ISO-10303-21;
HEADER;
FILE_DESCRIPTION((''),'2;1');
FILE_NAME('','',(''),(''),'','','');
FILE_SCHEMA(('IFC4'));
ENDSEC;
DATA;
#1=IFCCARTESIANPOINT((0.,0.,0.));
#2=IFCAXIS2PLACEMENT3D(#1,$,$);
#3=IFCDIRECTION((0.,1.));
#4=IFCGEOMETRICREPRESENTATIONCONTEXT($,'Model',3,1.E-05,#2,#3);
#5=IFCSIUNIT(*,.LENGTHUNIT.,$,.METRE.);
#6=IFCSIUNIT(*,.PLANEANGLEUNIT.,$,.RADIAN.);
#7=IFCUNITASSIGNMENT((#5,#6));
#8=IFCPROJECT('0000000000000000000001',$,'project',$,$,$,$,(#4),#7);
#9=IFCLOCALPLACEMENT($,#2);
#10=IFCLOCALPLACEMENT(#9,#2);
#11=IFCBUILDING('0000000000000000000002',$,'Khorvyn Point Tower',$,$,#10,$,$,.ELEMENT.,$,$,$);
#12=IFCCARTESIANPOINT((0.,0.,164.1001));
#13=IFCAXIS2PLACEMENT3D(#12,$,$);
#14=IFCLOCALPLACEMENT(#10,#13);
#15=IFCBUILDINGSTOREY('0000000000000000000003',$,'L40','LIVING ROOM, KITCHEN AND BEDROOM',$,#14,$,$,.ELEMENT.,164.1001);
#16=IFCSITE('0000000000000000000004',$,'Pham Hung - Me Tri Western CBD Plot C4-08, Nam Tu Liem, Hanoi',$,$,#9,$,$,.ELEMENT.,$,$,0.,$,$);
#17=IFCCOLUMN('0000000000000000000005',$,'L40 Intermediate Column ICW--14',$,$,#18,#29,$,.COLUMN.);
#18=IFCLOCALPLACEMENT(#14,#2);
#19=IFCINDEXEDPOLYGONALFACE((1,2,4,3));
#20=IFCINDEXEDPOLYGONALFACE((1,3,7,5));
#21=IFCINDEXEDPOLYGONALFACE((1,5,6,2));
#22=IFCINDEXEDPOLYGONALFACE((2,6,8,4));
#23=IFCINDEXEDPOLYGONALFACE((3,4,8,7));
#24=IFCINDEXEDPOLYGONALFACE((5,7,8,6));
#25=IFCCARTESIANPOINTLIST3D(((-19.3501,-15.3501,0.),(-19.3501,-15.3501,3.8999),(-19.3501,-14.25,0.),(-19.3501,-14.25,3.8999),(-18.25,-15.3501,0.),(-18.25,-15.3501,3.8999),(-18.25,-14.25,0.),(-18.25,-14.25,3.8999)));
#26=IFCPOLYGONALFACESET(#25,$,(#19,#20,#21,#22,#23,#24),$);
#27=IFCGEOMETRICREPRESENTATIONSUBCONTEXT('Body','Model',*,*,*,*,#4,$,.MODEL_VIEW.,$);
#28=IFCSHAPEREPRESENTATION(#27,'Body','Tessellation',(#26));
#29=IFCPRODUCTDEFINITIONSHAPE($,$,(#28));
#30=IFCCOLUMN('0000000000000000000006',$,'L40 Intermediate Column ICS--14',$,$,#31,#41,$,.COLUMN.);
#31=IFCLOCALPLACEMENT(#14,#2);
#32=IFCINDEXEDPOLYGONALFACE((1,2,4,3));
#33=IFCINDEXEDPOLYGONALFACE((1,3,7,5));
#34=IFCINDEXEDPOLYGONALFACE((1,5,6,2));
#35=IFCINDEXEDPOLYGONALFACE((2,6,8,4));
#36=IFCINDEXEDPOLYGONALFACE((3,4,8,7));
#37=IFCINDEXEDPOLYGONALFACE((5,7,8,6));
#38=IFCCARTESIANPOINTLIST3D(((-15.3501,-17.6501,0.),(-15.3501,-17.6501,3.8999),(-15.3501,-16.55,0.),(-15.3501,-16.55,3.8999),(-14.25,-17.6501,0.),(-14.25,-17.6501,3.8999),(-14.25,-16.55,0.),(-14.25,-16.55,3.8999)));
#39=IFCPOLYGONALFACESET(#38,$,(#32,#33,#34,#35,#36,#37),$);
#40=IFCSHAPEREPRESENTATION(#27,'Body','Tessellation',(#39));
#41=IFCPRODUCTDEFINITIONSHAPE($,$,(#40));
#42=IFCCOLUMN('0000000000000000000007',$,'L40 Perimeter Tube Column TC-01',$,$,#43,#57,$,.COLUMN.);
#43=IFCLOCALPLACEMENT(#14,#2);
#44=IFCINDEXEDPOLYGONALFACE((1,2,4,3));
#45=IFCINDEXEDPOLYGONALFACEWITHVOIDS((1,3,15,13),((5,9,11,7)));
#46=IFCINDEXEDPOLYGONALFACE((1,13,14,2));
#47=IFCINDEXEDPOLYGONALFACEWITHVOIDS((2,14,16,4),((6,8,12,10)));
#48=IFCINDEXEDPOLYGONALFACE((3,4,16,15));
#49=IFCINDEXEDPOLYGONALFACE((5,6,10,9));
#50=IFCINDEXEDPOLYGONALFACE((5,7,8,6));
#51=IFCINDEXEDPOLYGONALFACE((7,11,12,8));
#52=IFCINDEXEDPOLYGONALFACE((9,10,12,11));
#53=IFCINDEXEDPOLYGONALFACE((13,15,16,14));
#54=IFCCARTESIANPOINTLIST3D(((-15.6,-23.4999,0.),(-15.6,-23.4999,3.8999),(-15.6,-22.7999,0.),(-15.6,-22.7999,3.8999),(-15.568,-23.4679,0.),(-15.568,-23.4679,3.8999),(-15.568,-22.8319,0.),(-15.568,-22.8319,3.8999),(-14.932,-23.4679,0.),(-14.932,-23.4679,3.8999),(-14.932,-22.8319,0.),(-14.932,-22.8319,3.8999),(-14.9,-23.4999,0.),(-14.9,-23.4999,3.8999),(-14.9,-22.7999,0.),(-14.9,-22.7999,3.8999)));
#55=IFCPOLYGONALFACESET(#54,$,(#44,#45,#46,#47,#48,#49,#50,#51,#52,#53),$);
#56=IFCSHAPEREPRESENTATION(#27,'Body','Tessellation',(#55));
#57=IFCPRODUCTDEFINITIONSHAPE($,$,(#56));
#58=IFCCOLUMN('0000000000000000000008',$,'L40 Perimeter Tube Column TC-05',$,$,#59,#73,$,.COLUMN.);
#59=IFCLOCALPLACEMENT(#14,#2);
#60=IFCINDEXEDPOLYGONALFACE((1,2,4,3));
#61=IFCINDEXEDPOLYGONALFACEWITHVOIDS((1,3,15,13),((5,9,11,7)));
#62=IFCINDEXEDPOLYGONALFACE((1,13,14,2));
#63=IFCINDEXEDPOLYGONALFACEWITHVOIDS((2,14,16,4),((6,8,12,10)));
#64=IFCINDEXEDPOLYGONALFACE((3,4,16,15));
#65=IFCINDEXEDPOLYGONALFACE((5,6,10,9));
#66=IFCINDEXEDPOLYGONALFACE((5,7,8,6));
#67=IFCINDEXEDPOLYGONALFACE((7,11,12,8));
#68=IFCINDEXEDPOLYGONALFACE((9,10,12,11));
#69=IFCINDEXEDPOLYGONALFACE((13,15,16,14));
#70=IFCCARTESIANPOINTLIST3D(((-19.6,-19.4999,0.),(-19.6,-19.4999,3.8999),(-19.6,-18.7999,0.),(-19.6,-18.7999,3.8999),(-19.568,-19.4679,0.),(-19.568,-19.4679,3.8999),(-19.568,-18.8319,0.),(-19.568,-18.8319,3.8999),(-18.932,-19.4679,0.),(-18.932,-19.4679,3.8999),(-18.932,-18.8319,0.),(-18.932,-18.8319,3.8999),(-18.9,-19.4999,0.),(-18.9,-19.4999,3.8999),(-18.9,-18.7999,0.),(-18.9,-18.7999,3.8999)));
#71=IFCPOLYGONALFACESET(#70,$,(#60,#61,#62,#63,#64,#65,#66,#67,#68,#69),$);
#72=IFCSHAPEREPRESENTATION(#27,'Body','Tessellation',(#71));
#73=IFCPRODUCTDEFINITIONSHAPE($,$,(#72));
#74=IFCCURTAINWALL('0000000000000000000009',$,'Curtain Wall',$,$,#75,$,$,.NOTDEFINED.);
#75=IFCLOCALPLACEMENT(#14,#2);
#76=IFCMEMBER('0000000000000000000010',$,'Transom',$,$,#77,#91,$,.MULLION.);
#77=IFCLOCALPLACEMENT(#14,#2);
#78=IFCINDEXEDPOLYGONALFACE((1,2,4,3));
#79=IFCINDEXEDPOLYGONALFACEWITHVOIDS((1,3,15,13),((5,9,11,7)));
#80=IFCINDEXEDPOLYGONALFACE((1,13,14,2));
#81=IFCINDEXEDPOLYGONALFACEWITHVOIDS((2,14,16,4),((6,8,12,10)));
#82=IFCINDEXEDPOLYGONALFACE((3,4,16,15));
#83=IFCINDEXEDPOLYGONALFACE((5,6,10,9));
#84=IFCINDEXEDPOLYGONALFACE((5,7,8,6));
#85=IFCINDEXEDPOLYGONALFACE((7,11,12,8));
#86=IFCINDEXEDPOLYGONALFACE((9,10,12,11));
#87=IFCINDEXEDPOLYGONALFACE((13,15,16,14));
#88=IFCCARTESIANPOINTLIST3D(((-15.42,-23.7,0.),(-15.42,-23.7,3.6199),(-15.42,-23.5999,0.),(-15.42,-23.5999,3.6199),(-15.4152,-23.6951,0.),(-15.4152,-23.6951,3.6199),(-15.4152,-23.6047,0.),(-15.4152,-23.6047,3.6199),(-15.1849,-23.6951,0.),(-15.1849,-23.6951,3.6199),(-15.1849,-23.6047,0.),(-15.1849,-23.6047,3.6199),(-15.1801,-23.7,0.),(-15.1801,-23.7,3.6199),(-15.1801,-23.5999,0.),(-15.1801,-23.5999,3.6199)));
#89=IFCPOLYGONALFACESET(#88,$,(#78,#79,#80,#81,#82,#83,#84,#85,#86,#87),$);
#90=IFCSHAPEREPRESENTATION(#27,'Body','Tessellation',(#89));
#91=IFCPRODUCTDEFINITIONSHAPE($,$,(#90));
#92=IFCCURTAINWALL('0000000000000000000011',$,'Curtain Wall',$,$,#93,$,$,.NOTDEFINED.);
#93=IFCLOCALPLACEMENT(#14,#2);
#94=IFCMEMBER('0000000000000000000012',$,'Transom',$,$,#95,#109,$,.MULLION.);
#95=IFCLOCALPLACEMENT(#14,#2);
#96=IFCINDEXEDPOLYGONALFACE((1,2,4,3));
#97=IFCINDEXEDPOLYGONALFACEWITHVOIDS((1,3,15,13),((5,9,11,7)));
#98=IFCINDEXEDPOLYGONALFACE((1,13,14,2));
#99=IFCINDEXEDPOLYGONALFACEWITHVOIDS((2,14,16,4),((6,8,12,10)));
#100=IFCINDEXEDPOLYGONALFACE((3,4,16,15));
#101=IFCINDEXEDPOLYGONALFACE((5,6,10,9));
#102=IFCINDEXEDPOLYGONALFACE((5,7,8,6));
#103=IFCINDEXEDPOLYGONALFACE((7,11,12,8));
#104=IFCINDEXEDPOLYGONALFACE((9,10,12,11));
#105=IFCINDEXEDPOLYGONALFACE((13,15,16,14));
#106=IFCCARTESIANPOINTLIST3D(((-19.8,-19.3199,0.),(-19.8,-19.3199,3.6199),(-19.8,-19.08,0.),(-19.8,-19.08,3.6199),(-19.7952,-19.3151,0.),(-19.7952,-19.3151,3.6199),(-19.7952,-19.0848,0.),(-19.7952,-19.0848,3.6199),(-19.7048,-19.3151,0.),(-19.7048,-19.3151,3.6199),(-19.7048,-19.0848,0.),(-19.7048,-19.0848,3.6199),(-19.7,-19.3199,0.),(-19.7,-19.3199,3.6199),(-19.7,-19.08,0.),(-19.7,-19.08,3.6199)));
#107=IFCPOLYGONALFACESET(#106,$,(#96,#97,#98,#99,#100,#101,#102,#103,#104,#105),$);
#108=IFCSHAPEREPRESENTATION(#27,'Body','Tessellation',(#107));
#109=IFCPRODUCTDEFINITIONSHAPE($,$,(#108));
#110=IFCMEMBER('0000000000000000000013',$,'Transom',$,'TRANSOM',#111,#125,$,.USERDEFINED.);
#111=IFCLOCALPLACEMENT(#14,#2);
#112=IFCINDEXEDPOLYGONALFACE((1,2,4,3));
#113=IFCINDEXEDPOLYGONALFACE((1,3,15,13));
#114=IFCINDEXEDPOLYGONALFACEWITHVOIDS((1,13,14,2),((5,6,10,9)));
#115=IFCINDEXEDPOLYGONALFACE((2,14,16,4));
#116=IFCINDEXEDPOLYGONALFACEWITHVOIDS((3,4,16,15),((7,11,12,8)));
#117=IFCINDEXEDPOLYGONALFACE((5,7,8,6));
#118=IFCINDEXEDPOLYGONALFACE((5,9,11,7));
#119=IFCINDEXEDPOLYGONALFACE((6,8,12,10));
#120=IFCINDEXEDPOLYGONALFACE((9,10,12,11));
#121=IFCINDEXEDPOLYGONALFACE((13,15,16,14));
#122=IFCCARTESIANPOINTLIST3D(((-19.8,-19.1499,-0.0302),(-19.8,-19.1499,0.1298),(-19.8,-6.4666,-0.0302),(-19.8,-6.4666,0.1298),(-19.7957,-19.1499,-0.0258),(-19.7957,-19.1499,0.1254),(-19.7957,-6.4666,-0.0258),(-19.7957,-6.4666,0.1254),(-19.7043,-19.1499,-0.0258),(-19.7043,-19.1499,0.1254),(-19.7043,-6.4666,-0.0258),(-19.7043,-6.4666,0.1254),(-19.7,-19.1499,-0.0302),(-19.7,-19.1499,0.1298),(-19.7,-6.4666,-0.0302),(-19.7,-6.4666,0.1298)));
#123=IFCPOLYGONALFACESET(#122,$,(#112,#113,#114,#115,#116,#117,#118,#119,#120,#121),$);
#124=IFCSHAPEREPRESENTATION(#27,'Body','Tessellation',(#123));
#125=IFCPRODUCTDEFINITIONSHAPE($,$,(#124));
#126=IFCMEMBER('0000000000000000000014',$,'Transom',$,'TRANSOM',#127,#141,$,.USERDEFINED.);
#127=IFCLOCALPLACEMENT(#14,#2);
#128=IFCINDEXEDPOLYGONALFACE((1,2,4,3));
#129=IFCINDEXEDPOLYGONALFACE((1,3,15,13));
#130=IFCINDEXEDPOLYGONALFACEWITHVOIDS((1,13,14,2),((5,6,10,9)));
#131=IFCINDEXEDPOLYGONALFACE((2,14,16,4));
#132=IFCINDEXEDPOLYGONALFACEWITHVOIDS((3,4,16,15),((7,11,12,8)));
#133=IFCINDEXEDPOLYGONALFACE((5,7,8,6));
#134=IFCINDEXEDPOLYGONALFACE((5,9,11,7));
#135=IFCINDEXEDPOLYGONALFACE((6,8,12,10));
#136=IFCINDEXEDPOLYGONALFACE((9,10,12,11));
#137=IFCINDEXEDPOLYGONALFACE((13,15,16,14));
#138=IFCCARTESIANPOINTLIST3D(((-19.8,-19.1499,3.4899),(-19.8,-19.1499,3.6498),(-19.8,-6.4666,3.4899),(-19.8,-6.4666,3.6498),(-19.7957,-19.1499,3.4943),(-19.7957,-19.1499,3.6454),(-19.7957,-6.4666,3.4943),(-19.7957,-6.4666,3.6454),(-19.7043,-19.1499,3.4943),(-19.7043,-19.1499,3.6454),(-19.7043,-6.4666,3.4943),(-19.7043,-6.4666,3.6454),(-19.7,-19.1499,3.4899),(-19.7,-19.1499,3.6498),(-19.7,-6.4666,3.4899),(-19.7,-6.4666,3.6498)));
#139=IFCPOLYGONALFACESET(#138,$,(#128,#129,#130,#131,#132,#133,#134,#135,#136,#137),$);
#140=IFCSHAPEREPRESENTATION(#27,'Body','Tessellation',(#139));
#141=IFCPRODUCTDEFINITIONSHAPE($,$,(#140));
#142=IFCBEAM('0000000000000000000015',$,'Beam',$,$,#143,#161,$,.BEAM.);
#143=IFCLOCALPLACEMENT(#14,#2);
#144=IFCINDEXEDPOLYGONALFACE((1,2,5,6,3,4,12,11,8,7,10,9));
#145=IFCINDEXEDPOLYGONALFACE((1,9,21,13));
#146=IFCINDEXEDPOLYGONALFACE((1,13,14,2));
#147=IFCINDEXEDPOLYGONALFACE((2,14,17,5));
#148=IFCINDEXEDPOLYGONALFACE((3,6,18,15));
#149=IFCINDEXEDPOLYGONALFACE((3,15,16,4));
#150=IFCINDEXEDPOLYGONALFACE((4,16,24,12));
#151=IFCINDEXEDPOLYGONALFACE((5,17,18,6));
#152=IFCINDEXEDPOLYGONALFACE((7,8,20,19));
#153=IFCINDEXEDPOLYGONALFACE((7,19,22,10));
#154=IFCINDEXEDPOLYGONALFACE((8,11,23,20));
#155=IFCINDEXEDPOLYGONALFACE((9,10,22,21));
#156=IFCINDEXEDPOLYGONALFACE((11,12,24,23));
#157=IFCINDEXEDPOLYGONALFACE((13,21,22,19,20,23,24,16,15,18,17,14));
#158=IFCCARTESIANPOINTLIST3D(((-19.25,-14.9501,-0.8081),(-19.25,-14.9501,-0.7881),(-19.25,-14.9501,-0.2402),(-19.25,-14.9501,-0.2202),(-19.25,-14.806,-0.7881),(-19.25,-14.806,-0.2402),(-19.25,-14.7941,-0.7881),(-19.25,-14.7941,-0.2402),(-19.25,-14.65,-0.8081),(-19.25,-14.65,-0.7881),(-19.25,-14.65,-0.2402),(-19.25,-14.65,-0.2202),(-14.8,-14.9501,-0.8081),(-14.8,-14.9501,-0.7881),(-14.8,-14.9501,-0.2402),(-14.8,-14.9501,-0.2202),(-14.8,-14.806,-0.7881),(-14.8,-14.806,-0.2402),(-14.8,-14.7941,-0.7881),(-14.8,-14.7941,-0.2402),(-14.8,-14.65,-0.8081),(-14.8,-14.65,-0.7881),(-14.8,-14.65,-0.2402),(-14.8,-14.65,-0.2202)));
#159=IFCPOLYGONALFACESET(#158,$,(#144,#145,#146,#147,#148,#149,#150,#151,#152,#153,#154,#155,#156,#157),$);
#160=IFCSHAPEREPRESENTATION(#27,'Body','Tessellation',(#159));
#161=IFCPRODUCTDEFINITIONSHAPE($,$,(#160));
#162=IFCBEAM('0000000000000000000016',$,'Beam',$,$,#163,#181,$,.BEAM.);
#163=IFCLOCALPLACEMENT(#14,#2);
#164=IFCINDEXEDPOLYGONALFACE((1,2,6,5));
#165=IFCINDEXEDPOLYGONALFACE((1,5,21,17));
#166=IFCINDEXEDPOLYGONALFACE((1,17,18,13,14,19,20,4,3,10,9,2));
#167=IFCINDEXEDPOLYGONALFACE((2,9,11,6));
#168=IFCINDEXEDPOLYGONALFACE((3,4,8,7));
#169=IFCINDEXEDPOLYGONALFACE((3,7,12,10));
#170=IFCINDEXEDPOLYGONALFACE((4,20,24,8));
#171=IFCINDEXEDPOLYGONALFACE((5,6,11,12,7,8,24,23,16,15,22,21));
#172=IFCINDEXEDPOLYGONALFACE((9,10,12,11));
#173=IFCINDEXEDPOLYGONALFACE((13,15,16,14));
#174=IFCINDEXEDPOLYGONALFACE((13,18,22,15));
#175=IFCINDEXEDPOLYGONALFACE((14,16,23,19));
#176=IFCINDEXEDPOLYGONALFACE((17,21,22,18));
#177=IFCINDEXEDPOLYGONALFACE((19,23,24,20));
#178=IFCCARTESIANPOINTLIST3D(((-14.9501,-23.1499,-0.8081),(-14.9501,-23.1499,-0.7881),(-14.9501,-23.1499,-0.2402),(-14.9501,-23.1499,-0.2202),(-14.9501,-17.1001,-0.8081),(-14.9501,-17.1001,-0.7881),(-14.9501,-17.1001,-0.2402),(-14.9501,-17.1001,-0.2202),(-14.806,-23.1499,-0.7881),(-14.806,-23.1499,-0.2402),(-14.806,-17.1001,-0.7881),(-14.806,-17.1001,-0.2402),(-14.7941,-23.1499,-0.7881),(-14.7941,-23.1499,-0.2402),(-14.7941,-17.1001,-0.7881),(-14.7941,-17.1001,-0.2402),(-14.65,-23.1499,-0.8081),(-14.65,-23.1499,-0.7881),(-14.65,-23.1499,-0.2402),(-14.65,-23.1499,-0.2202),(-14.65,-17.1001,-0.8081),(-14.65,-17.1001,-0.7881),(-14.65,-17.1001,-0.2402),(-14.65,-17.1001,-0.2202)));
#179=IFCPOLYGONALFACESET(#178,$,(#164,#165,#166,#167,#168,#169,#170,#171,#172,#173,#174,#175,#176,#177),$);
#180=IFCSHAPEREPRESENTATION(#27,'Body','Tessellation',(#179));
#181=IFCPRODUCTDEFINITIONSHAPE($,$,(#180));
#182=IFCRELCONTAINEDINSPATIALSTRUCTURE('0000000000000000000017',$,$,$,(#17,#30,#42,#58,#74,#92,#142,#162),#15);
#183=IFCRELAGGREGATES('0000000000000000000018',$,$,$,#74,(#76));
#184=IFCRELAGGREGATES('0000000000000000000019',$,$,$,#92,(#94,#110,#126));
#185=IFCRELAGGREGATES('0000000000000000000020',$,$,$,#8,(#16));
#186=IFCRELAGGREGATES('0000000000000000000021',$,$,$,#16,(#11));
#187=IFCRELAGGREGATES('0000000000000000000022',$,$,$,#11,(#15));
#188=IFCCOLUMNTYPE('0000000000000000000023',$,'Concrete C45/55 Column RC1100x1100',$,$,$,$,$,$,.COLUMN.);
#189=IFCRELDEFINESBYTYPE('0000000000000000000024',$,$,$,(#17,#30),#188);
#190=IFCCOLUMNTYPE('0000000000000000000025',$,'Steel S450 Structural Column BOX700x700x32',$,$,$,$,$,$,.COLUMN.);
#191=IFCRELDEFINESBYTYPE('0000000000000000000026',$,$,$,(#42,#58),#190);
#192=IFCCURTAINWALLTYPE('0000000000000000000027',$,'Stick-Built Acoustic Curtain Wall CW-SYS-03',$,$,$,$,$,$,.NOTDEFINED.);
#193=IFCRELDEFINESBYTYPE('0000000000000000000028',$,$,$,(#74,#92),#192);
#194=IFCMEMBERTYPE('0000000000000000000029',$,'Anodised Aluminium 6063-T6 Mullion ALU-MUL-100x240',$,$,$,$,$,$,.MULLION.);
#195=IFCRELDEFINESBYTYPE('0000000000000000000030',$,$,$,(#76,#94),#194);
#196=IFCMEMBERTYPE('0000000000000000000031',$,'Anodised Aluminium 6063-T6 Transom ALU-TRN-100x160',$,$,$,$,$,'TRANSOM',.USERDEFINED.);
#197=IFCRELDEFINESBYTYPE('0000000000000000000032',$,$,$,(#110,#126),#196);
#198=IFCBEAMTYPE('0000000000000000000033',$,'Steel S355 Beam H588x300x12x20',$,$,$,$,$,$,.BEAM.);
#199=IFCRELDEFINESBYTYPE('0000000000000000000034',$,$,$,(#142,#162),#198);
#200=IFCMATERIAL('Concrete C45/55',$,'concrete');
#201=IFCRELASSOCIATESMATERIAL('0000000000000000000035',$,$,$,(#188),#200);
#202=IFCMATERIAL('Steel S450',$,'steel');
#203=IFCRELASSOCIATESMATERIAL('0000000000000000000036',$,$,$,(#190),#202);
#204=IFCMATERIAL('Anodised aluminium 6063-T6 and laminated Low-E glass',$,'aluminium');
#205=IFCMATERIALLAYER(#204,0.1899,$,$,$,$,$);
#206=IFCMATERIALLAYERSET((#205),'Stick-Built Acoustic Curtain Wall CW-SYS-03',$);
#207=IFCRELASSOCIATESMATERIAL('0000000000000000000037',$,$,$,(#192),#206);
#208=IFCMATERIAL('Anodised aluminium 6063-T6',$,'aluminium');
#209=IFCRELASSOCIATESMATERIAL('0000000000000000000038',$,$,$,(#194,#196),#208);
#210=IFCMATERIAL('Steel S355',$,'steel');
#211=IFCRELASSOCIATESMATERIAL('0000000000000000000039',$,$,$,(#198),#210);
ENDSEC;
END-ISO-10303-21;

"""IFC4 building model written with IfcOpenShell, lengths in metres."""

from ifc_helpers import new_model, si_unit, direction, frame, origin, origin_2d, place, context, subcontext, project, spatial, rectangle, hollow_rectangle, i_section, extrude, material, layer, layer_set, material_profile, profile_set, type_object, element, aggregate, save


model = new_model("IFC4")

# Units and contexts
model_context = context("Model", 3, precision=1e-05, world=origin(), true_north=direction((0.0, 1.0)))
body_context = subcontext(model_context, "Body", "Model", "MODEL_VIEW")
ifc_project = project(units=[si_unit("LENGTHUNIT", "METRE"), si_unit("PLANEANGLEUNIT", "RADIAN")], contexts=[model_context])

# Site, building, storey
site_placement = place(None, origin())
site = spatial("IfcSite", under=ifc_project, at=site_placement, Name="Pham Hung - Me Tri Western CBD Plot C4-08, Nam Tu Liem, Hanoi", CompositionType="ELEMENT", RefElevation=0.0)
building_placement = place(site_placement, origin())
building = spatial("IfcBuilding", under=site, at=building_placement, Name="Khorvyn Point Tower", CompositionType="ELEMENT")
storey_placement = place(building_placement, frame((0.0, 0.0, 164.1001)))
storey = spatial("IfcBuildingStorey", under=building, at=storey_placement, Name="L40", Description="LIVING ROOM, KITCHEN AND BEDROOM", CompositionType="ELEMENT", Elevation=164.1001)

# Columns
ifc_material_1 = material(Name="Concrete C45/55", Category="concrete")
ifc_material_profile_1 = material_profile(ifc_material_1, rectangle(XDim=1.1001, YDim=1.1001, at=origin_2d()))
ifc_profile_set_1 = profile_set([ifc_material_profile_1], Name="Concrete C45/55 RC1100x1100")
column_type_1 = type_object("IfcColumnType", Name="Concrete C45/55 Column RC1100x1100", PredefinedType="COLUMN", material=ifc_profile_set_1)
for number, where, z_axis, x_axis, name in (
    (1, (-18.8, -14.8, 0.0), (0.0, 0.0, 1.0), (1.0, 0.0, 0.0), "L40 Intermediate Column ICW--14"),
    (2, (-14.8, -17.1001, 0.0), (0.0, 0.0, 1.0), (1.0, 0.0, 0.0), "L40 Intermediate Column ICS--14"),
):
    element("IfcColumn", number, at=place(storey_placement, frame(where, z_axis=z_axis, x_axis=x_axis)), inside=storey, type_object=column_type_1, Name=name, PredefinedType="COLUMN", context=body_context, shape_type="SweptSolid", body=[
        extrude(rectangle(XDim=1.1001, YDim=1.1001, at=origin_2d()), origin(), (0.0, 0.0, 1.0), 3.8999),
    ])
ifc_material_2 = material(Name="Steel S450", Category="steel")
ifc_material_profile_2 = material_profile(ifc_material_2, hollow_rectangle(XDim=0.7, YDim=0.7, WallThickness=0.032, at=origin_2d()))
ifc_profile_set_2 = profile_set([ifc_material_profile_2], Name="Steel S450 BOX700x700x32")
column_type_2 = type_object("IfcColumnType", Name="Steel S450 Structural Column BOX700x700x32", PredefinedType="COLUMN", material=ifc_profile_set_2)
for number, where, z_axis, x_axis, name in (
    (3, (-15.25, -23.1499, 0.0), (0.0, 0.0, 1.0), (1.0, 0.0, 0.0), "L40 Perimeter Tube Column TC-01"),
    (4, (-19.25, -19.1499, 0.0), (0.0, 0.0, 1.0), (1.0, 0.0, 0.0), "L40 Perimeter Tube Column TC-05"),
):
    element("IfcColumn", number, at=place(storey_placement, frame(where, z_axis=z_axis, x_axis=x_axis)), inside=storey, type_object=column_type_2, Name=name, PredefinedType="COLUMN", context=body_context, shape_type="SweptSolid", body=[
        extrude(hollow_rectangle(XDim=0.7, YDim=0.7, WallThickness=0.032, at=origin_2d()), origin(), (0.0, 0.0, 1.0), 3.8999),
    ])

# Curtain wall, member
ifc_material_3 = material(Name="Anodised aluminium 6063-T6 and laminated Low-E glass", Category="aluminium")
ifc_layer_1 = layer(ifc_material_3, 0.1899)
ifc_layer_set_1 = layer_set([ifc_layer_1], Name="Stick-Built Acoustic Curtain Wall CW-SYS-03")
curtain_wall_type = type_object("IfcCurtainWallType", Name="Stick-Built Acoustic Curtain Wall CW-SYS-03", PredefinedType="NOTDEFINED", material=ifc_layer_set_1)
curtain_wall_1_placement = place(storey_placement, origin())
curtain_wall_1 = element("IfcCurtainWall", 5, at=curtain_wall_1_placement, inside=storey, type_object=curtain_wall_type, Name="Curtain Wall", PredefinedType="NOTDEFINED")
ifc_material_4 = material(Name="Anodised aluminium 6063-T6", Category="aluminium")
ifc_material_profile_3 = material_profile(ifc_material_4, hollow_rectangle(XDim=0.1001, YDim=0.24, WallThickness=0.0049, at=origin_2d()))
ifc_profile_set_3 = profile_set([ifc_material_profile_3], Name="Anodised aluminium 6063-T6 ALU-MUL-100x240")
member_type_1 = type_object("IfcMemberType", Name="Anodised Aluminium 6063-T6 Mullion ALU-MUL-100x240", PredefinedType="MULLION", material=ifc_profile_set_3)
member_1_placement = place(storey_placement, frame((-15.3, -23.6499, 0.0), z_axis=(0.0, 0.0, 1.0), x_axis=(0.0, -1.0, 0.0)))
member_1 = element("IfcMember", 6, at=member_1_placement, type_object=member_type_1, Name="Transom", PredefinedType="MULLION", context=body_context, shape_type="SweptSolid", body=[
    extrude(hollow_rectangle(XDim=0.1001, YDim=0.24, WallThickness=0.0049, at=origin_2d()), origin(), (0.0, 0.0, 1.0), 3.6199),
])
aggregate(curtain_wall_1, [member_1])

# Curtain wall, members
curtain_wall_2_placement = place(storey_placement, origin())
curtain_wall_2 = element("IfcCurtainWall", 7, at=curtain_wall_2_placement, inside=storey, type_object=curtain_wall_type, Name="Curtain Wall", PredefinedType="NOTDEFINED")
member_2_placement = place(storey_placement, frame((-19.75, -19.2, 0.0), z_axis=(0.0, 0.0, 1.0), x_axis=(-1.0, 0.0, 0.0)))
member_2 = element("IfcMember", 8, at=member_2_placement, type_object=member_type_1, Name="Transom", PredefinedType="MULLION", context=body_context, shape_type="SweptSolid", body=[
    extrude(hollow_rectangle(XDim=0.1001, YDim=0.24, WallThickness=0.0049, at=origin_2d()), origin(), (0.0, 0.0, 1.0), 3.6199),
])
ifc_material_profile_4 = material_profile(ifc_material_4, hollow_rectangle(XDim=0.1001, YDim=0.1599, WallThickness=0.0044, at=origin_2d()))
ifc_profile_set_4 = profile_set([ifc_material_profile_4], Name="Anodised aluminium 6063-T6 ALU-TRN-100x160")
member_type_2 = type_object("IfcMemberType", Name="Anodised Aluminium 6063-T6 Transom ALU-TRN-100x160", ElementType="TRANSOM", PredefinedType="USERDEFINED", material=ifc_profile_set_4)
member_3_placement = place(storey_placement, frame((-19.75, -19.1499, 0.0498), z_axis=(0.0, 1.0, 0.0), x_axis=(-1.0, 0.0, 0.0)))
member_3 = element("IfcMember", 9, at=member_3_placement, type_object=member_type_2, Name="Transom", ObjectType="TRANSOM", PredefinedType="USERDEFINED", context=body_context, shape_type="SweptSolid", body=[
    extrude(hollow_rectangle(XDim=0.1001, YDim=0.1599, WallThickness=0.0044, at=origin_2d()), origin(), (0.0, 0.0, 1.0), 12.6833),
])
member_4_placement = place(storey_placement, frame((-19.75, -19.1499, 3.5698), z_axis=(0.0, 1.0, 0.0), x_axis=(-1.0, 0.0, 0.0)))
member_4 = element("IfcMember", 10, at=member_4_placement, type_object=member_type_2, Name="Transom", ObjectType="TRANSOM", PredefinedType="USERDEFINED", context=body_context, shape_type="SweptSolid", body=[
    extrude(hollow_rectangle(XDim=0.1001, YDim=0.1599, WallThickness=0.0044, at=origin_2d()), origin(), (0.0, 0.0, 1.0), 12.6833),
])

# Beams
ifc_material_5 = material(Name="Steel S355", Category="steel")
ifc_material_profile_5 = material_profile(ifc_material_5, i_section(OverallWidth=0.3, OverallDepth=0.5879, WebThickness=0.012, FlangeThickness=0.02, at=origin_2d()))
ifc_profile_set_5 = profile_set([ifc_material_profile_5], Name="Steel S355 H588x300x12x20")
beam_type_1 = type_object("IfcBeamType", Name="Steel S355 Beam H588x300x12x20", PredefinedType="BEAM", material=ifc_profile_set_5)
beam_1_placement = place(storey_placement, frame((-19.25, -14.8, -0.5142), z_axis=(1.0, 0.0, 0.0), x_axis=(0.0, 1.0, 0.0)))
element("IfcBeam", 11, at=beam_1_placement, inside=storey, type_object=beam_type_1, Name="Beam", PredefinedType="BEAM", context=body_context, shape_type="SweptSolid", body=[
    extrude(i_section(OverallWidth=0.3, OverallDepth=0.5879, WebThickness=0.012, FlangeThickness=0.02, at=origin_2d()), origin(), (0.0, 0.0, 1.0), 4.45),
])
beam_2_placement = place(storey_placement, frame((-14.8, -23.1499, -0.5142), z_axis=(0.0, 1.0, 0.0), x_axis=(-1.0, 0.0, 0.0)))
element("IfcBeam", 12, at=beam_2_placement, inside=storey, type_object=beam_type_1, Name="Beam", PredefinedType="BEAM", context=body_context, shape_type="SweptSolid", body=[
    extrude(i_section(OverallWidth=0.3, OverallDepth=0.5879, WebThickness=0.012, FlangeThickness=0.02, at=origin_2d()), origin(), (0.0, 0.0, 1.0), 6.0498),
])

aggregate(curtain_wall_2, [member_2, member_3, member_4])

save(model, "model.ifc")
